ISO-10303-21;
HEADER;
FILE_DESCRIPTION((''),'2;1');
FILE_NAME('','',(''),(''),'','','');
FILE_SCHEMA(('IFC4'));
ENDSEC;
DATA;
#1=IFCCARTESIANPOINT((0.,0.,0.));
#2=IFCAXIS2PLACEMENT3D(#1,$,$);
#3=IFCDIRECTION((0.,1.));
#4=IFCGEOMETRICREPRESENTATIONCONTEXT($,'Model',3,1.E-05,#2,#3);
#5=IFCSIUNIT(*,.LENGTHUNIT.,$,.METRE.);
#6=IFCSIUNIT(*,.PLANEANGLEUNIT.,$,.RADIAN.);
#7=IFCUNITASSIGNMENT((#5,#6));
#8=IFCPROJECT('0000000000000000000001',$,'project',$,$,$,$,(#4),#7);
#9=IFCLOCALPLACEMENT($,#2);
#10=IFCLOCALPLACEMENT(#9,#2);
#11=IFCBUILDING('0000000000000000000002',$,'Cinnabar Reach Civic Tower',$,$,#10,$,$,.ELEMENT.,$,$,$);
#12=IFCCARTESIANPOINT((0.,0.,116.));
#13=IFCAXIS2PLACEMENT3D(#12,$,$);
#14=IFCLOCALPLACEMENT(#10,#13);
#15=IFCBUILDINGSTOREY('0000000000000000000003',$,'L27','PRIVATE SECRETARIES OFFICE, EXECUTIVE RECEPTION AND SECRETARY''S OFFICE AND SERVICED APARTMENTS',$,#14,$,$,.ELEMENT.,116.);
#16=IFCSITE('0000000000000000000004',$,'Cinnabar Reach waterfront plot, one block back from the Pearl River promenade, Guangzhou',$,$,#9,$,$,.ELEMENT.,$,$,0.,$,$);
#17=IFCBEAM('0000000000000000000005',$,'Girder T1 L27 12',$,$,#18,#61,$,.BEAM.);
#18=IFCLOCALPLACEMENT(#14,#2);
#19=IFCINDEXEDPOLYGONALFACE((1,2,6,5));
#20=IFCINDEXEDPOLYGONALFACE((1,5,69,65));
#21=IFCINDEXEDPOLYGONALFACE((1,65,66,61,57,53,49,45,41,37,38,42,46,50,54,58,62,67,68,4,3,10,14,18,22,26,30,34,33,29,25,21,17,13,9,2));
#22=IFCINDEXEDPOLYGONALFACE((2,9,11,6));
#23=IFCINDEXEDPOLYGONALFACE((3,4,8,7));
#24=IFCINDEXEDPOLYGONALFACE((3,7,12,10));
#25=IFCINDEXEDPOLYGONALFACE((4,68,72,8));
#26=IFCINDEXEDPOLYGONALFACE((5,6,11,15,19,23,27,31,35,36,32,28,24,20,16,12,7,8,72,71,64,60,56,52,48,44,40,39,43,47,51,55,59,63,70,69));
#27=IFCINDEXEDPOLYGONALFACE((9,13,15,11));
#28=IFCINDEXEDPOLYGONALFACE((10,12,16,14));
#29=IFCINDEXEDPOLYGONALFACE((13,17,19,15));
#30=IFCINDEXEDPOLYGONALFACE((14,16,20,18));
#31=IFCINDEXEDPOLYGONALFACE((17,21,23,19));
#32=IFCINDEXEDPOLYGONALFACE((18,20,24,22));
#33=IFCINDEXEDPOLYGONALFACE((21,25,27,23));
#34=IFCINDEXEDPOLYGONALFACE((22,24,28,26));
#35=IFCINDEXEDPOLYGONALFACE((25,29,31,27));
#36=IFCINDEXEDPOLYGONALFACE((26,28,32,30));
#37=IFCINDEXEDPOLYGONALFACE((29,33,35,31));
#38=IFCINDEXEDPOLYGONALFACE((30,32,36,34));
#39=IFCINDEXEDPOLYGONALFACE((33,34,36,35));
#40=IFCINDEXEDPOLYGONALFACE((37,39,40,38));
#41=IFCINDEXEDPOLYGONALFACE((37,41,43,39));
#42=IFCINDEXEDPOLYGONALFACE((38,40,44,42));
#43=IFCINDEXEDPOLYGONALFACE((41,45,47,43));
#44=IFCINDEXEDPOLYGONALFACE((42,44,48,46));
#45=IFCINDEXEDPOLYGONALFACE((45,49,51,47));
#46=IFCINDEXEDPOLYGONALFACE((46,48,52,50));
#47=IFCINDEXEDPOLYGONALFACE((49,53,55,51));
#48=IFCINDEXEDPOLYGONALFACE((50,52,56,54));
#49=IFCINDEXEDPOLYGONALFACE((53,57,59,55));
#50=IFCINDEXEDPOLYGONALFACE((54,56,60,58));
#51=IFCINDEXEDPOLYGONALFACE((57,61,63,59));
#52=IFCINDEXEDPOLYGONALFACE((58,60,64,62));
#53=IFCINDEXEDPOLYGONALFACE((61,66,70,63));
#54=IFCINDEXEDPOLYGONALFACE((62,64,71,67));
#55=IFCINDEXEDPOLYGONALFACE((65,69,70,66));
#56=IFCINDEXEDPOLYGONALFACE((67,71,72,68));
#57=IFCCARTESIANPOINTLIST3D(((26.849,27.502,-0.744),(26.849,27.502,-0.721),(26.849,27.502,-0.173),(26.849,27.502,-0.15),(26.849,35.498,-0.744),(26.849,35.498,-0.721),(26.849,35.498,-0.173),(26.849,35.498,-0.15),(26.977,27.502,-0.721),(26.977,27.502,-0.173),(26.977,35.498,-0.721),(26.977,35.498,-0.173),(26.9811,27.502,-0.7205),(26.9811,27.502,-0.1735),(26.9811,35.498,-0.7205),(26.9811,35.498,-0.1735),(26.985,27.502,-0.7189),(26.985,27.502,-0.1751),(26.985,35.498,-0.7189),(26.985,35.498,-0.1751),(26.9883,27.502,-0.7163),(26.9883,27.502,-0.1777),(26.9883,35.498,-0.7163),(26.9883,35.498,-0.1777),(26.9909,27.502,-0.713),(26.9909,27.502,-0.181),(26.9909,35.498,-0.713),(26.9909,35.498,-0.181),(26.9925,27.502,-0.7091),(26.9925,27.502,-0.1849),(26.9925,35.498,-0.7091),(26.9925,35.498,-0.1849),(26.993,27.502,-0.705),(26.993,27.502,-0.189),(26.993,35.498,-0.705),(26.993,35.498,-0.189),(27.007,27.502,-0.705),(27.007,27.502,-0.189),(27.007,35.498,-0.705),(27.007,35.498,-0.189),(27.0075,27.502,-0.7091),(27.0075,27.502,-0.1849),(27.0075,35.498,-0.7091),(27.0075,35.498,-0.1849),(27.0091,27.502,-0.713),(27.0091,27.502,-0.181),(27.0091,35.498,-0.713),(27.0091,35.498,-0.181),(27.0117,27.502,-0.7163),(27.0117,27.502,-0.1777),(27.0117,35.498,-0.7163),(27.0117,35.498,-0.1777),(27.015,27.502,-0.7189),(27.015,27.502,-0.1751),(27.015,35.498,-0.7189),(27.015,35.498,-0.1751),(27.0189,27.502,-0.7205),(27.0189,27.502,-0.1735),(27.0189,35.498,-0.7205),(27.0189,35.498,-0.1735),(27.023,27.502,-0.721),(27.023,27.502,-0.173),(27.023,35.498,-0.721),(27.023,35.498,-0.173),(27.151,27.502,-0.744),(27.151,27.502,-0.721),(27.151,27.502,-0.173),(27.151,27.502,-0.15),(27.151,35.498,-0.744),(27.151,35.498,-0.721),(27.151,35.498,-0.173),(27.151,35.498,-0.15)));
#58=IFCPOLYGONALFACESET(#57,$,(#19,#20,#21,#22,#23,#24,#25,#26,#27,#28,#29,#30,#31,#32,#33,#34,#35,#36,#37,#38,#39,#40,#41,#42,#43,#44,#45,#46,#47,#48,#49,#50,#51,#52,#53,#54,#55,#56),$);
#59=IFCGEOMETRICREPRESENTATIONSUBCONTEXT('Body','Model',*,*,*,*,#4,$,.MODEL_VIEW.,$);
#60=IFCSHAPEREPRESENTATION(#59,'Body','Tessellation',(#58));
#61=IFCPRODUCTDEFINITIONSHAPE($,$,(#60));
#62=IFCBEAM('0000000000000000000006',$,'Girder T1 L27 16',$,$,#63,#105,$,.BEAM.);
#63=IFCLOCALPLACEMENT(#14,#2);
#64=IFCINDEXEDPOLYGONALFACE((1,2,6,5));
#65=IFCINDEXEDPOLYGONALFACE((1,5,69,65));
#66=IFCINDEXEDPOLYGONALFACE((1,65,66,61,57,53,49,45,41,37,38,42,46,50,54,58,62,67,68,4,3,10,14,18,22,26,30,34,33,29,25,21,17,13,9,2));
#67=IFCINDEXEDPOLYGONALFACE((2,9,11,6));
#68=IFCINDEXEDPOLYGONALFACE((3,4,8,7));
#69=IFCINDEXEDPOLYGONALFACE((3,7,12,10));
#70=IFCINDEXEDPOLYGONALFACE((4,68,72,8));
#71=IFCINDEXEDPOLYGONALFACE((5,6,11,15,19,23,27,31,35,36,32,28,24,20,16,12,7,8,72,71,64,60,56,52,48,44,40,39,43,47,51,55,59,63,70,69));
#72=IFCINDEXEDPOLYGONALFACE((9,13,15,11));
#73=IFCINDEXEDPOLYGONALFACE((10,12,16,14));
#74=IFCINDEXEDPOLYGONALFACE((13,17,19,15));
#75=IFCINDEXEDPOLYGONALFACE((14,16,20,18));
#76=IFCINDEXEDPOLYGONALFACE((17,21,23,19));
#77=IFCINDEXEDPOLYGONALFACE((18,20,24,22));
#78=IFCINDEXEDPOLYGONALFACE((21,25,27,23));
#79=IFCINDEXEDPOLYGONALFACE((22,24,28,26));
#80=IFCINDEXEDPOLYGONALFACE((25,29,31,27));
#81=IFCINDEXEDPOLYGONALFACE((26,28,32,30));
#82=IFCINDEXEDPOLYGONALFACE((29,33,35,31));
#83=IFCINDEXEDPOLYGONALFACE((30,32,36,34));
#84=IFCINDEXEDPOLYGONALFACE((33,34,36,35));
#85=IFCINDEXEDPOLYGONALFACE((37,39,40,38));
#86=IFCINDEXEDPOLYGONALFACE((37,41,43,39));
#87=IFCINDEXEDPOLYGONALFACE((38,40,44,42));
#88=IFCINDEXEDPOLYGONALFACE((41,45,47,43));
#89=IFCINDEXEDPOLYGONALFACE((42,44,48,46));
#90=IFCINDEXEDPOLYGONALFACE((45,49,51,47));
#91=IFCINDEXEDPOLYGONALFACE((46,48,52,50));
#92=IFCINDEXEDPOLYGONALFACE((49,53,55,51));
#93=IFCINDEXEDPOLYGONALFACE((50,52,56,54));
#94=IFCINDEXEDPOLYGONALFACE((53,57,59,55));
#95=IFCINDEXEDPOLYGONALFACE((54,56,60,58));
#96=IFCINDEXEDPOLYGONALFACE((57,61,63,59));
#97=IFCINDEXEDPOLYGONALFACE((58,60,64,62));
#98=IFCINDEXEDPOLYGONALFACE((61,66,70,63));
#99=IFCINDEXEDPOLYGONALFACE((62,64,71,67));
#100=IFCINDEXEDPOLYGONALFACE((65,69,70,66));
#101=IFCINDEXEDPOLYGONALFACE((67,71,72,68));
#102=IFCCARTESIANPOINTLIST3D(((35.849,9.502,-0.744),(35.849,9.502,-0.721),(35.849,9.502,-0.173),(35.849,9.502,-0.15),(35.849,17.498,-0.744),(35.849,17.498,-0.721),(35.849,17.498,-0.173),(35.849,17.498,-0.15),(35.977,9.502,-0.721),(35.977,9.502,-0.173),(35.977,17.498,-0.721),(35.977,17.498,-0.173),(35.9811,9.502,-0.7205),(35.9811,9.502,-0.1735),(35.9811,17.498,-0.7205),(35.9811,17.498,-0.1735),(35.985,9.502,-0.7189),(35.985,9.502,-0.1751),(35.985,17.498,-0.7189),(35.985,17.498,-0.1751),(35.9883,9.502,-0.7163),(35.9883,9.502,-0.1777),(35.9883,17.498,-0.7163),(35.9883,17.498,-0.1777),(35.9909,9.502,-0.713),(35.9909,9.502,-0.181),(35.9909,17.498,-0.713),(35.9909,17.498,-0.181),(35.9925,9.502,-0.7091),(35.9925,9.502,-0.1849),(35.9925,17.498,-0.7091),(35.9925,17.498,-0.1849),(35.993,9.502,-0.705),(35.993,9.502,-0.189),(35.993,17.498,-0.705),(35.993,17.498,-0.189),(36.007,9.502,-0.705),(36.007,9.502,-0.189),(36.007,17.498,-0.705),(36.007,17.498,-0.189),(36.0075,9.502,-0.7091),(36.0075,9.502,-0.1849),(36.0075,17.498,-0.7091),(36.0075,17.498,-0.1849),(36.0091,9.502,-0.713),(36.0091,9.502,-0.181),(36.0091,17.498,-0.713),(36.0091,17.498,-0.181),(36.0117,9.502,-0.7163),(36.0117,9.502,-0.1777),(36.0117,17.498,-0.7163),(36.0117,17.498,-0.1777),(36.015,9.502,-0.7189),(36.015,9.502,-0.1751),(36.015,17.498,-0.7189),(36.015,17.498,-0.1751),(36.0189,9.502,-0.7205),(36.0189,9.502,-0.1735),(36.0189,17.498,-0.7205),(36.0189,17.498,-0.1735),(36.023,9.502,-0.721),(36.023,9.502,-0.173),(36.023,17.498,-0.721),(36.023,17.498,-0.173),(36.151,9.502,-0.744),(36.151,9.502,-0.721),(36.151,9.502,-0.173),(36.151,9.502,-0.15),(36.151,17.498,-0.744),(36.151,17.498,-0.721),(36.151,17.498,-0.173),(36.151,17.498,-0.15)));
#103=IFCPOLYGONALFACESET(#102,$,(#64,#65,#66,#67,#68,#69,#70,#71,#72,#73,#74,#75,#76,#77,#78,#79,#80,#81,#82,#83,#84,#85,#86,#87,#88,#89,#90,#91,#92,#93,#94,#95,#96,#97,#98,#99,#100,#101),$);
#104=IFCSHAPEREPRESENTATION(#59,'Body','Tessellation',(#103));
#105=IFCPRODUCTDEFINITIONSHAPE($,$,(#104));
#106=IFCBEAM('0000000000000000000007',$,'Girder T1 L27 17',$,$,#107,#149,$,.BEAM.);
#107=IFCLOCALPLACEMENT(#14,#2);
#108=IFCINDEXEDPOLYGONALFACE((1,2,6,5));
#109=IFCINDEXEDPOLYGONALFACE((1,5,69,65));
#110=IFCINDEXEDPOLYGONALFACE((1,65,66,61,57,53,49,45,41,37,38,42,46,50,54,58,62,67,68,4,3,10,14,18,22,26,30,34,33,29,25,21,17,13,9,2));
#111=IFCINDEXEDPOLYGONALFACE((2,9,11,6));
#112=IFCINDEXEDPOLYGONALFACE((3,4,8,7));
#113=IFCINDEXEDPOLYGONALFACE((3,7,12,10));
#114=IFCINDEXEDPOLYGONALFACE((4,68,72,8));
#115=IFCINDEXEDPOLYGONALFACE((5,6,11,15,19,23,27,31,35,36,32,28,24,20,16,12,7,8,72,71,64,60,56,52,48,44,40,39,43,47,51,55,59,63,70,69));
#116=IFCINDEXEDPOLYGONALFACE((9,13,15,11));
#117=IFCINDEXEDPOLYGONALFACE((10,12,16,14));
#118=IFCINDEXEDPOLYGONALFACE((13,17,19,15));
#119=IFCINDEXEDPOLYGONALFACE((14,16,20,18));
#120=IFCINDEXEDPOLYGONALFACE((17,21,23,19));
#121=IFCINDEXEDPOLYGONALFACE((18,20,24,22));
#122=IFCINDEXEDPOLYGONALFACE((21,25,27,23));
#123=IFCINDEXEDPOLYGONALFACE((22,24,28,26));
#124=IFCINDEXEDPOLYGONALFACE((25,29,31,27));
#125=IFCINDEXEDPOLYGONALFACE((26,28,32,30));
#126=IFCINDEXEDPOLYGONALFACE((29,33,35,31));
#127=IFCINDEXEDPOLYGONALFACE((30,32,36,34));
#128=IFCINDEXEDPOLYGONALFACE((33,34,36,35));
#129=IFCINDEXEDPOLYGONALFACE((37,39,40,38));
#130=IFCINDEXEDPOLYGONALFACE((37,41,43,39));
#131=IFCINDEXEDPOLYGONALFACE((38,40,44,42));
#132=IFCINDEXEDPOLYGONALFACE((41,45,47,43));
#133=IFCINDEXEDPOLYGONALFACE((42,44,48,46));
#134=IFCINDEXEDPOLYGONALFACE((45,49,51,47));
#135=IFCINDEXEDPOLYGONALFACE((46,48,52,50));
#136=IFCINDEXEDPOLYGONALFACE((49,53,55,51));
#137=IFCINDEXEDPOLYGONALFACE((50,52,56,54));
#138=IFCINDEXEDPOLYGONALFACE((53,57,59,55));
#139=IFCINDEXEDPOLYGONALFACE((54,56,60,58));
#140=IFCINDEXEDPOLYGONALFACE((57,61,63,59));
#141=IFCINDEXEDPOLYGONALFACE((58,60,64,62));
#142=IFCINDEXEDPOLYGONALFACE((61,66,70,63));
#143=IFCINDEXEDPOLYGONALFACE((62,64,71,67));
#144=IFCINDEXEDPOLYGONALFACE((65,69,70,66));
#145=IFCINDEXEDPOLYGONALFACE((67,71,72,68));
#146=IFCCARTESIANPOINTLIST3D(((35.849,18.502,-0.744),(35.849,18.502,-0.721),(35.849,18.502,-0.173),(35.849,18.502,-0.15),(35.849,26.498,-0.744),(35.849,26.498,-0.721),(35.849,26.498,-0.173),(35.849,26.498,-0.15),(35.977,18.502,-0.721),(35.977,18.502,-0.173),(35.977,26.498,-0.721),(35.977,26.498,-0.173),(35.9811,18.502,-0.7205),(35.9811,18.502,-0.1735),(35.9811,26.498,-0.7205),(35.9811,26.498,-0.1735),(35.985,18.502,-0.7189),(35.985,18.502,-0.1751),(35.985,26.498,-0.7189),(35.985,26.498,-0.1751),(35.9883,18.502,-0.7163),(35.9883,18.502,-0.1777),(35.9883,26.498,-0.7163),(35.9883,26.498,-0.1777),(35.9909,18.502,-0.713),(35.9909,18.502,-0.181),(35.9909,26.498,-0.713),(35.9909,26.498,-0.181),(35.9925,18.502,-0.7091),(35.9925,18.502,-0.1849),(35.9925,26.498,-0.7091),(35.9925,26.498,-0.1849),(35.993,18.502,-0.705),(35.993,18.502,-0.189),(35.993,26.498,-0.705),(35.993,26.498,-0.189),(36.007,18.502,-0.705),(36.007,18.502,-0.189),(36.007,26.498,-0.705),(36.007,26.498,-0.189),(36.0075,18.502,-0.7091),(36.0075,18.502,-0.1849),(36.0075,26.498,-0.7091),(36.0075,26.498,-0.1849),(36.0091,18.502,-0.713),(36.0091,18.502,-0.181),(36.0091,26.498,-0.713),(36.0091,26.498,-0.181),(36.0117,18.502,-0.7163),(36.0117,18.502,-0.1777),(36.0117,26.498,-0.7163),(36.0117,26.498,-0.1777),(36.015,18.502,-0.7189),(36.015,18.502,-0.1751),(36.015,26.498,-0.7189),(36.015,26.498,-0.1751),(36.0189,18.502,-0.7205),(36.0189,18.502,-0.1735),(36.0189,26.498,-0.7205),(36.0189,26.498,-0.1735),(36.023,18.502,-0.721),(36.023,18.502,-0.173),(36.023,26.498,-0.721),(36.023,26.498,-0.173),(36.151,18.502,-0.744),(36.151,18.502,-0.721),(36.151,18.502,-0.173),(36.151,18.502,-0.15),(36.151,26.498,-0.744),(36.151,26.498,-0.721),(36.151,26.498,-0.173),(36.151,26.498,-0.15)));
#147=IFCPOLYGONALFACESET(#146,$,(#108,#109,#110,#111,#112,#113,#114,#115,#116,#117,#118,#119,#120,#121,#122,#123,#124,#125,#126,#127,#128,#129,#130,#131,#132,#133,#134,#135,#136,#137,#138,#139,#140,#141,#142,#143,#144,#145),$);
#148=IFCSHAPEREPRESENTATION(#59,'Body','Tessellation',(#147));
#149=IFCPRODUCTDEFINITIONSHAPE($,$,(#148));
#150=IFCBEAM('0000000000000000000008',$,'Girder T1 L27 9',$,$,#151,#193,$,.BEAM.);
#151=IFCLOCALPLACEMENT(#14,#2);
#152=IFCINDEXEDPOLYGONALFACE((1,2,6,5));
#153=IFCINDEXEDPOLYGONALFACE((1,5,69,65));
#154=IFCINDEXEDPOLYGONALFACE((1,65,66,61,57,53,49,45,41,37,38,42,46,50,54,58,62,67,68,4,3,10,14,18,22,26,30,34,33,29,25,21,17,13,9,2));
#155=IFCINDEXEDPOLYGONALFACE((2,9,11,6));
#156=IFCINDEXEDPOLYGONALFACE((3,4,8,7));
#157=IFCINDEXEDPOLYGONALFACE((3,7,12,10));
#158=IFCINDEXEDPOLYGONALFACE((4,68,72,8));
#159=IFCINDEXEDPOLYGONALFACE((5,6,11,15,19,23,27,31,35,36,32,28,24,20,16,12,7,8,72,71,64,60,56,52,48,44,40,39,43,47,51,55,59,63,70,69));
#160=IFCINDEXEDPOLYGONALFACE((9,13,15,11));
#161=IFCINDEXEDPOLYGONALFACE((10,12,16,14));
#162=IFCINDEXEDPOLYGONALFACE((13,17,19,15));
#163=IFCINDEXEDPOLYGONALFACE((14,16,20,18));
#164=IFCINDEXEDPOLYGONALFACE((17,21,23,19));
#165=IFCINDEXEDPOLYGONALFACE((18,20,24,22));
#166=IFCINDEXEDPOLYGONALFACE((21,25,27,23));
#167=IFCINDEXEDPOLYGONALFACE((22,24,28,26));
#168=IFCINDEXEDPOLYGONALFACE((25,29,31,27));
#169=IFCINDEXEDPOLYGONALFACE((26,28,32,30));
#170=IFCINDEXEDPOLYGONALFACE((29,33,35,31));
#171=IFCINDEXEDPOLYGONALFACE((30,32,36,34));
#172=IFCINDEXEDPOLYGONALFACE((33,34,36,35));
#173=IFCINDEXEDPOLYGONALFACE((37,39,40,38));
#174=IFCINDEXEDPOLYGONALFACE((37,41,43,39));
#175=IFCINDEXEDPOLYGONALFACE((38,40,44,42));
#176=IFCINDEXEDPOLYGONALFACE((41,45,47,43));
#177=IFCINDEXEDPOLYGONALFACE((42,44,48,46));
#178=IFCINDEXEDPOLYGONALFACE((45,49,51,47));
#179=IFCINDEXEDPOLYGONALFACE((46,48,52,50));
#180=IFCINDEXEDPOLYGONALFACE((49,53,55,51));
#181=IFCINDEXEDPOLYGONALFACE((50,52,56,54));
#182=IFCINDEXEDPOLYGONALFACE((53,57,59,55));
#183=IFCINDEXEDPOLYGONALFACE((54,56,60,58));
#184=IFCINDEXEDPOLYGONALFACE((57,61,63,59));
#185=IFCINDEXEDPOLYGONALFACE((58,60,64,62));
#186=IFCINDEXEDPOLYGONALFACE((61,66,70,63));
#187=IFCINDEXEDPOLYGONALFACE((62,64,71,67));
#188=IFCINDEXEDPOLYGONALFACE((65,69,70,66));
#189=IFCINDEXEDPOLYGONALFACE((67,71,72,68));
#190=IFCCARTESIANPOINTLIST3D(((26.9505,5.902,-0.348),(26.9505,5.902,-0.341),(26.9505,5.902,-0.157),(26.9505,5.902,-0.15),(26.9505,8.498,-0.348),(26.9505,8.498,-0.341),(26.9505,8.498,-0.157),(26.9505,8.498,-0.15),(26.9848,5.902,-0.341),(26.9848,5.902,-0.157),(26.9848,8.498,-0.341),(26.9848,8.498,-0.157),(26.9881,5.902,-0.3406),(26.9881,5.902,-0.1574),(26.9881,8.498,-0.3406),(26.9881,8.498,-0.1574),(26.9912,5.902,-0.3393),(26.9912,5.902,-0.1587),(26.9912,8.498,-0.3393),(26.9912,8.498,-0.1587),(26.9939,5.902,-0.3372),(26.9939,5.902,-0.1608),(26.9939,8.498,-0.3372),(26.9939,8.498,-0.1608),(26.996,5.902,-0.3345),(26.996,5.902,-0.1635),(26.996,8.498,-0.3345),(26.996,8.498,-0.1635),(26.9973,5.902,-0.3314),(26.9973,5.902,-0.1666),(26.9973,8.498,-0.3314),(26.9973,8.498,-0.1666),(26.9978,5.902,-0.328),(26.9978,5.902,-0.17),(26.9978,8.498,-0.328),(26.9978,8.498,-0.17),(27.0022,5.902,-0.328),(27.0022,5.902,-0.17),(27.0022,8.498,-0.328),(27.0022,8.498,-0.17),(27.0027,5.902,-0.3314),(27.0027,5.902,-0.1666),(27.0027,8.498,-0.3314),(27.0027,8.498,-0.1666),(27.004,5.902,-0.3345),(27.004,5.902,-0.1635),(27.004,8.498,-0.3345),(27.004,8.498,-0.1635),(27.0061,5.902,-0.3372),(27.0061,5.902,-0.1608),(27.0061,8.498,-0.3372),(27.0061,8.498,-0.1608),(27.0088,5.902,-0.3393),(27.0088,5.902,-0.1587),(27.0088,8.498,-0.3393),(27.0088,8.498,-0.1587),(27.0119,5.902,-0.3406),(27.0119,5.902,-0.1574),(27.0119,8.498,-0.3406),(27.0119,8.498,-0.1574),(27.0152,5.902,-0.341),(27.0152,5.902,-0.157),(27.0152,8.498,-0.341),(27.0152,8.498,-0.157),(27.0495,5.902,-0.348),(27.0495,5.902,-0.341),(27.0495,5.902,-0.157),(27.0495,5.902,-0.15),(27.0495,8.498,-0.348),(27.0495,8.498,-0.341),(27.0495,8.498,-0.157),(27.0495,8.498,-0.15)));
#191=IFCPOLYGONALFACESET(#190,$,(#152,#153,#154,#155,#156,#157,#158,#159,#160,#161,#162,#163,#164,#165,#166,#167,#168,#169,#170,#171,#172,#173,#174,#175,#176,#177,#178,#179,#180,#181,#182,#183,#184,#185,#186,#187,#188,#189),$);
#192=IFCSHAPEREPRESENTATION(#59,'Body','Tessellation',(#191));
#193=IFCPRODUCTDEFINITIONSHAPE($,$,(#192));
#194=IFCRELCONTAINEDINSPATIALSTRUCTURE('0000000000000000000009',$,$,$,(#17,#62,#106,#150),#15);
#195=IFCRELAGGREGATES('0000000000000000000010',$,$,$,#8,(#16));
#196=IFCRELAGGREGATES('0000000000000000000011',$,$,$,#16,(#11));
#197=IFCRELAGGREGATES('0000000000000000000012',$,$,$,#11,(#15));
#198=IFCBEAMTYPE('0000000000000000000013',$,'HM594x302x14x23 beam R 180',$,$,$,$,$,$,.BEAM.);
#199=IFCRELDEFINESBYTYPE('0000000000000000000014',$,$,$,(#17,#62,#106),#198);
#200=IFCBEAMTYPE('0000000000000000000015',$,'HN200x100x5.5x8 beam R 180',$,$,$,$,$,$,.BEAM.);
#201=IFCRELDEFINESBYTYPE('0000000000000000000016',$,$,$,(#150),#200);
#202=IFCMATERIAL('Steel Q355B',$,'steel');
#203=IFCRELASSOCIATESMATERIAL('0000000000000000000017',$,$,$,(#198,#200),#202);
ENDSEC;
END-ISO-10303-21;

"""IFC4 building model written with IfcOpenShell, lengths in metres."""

from ifc_helpers import new_model, si_unit, direction, frame, origin, origin_2d, place, context, subcontext, project, spatial, i_section, extrude, material, material_profile, profile_set, type_object, element, save


model = new_model("IFC4")

# Units and contexts
model_context = context("Model", 3, precision=1e-05, world=origin(), true_north=direction((0.0, 1.0)))
body_context = subcontext(model_context, "Body", "Model", "MODEL_VIEW")
ifc_project = project(units=[si_unit("LENGTHUNIT", "METRE"), si_unit("PLANEANGLEUNIT", "RADIAN")], contexts=[model_context])

# Site, building, storey
site_placement = place(None, origin())
site = spatial("IfcSite", under=ifc_project, at=site_placement, Name="Cinnabar Reach waterfront plot, one block back from the Pearl River promenade, Guangzhou", CompositionType="ELEMENT", RefElevation=0.0)
building_placement = place(site_placement, origin())
building = spatial("IfcBuilding", under=site, at=building_placement, Name="Cinnabar Reach Civic Tower", CompositionType="ELEMENT")
storey_placement = place(building_placement, frame((0.0, 0.0, 116.0)))
storey = spatial("IfcBuildingStorey", under=building, at=storey_placement, Name="L27", Description="PRIVATE SECRETARIES OFFICE, EXECUTIVE RECEPTION AND SECRETARY'S OFFICE AND SERVICED APARTMENTS", CompositionType="ELEMENT", Elevation=116.0)

# Beams
ifc_material_1 = material(Name="Steel Q355B", Category="steel")
ifc_material_profile_1 = material_profile(ifc_material_1, i_section(OverallWidth=0.302, OverallDepth=0.594, WebThickness=0.014, FlangeThickness=0.023, FilletRadius=0.016, at=origin_2d()), Name="HM594x302x14x23")
ifc_profile_set_1 = profile_set([ifc_material_profile_1], Name="Steel Q355B")
beam_type_1 = type_object("IfcBeamType", Name="HM594x302x14x23 beam R 180", PredefinedType="BEAM", material=ifc_profile_set_1)
for number, where, z_axis, x_axis, name in (
    (1, (27.0, 27.502, -0.447), (0.0, 1.0, 0.0), (-1.0, 0.0, 0.0), "Girder T1 L27 12"),
    (2, (36.0, 9.502, -0.447), (0.0, 1.0, 0.0), (-1.0, 0.0, 0.0), "Girder T1 L27 16"),
    (3, (36.0, 18.502, -0.447), (0.0, 1.0, 0.0), (-1.0, 0.0, 0.0), "Girder T1 L27 17"),
):
    element("IfcBeam", number, at=place(storey_placement, frame(where, z_axis=z_axis, x_axis=x_axis)), inside=storey, type_object=beam_type_1, Name=name, PredefinedType="BEAM", context=body_context, shape_type="SweptSolid", body=[
        extrude(i_section(OverallWidth=0.302, OverallDepth=0.594, WebThickness=0.014, FlangeThickness=0.023, FilletRadius=0.016, at=origin_2d()), origin(), (0.0, 0.0, 1.0), 7.996),
    ])
ifc_material_profile_2 = material_profile(ifc_material_1, i_section(OverallWidth=0.099, OverallDepth=0.198, WebThickness=0.0045, FlangeThickness=0.007, FilletRadius=0.013, at=origin_2d()), Name="HN200x100x5.5x8")
ifc_profile_set_2 = profile_set([ifc_material_profile_2], Name="Steel Q355B")
beam_type_2 = type_object("IfcBeamType", Name="HN200x100x5.5x8 beam R 180", PredefinedType="BEAM", material=ifc_profile_set_2)
for number, where, z_axis, x_axis, name in (
    (4, (27.0, 5.902, -0.249), (0.0, 1.0, 0.0), (-1.0, 0.0, 0.0), "Girder T1 L27 9"),
):
    element("IfcBeam", number, at=place(storey_placement, frame(where, z_axis=z_axis, x_axis=x_axis)), inside=storey, type_object=beam_type_2, Name=name, PredefinedType="BEAM", context=body_context, shape_type="SweptSolid", body=[
        extrude(i_section(OverallWidth=0.099, OverallDepth=0.198, WebThickness=0.0045, FlangeThickness=0.007, FilletRadius=0.013, at=origin_2d()), origin(), (0.0, 0.0, 1.0), 2.596),
    ])

save(model, "model.ifc")
